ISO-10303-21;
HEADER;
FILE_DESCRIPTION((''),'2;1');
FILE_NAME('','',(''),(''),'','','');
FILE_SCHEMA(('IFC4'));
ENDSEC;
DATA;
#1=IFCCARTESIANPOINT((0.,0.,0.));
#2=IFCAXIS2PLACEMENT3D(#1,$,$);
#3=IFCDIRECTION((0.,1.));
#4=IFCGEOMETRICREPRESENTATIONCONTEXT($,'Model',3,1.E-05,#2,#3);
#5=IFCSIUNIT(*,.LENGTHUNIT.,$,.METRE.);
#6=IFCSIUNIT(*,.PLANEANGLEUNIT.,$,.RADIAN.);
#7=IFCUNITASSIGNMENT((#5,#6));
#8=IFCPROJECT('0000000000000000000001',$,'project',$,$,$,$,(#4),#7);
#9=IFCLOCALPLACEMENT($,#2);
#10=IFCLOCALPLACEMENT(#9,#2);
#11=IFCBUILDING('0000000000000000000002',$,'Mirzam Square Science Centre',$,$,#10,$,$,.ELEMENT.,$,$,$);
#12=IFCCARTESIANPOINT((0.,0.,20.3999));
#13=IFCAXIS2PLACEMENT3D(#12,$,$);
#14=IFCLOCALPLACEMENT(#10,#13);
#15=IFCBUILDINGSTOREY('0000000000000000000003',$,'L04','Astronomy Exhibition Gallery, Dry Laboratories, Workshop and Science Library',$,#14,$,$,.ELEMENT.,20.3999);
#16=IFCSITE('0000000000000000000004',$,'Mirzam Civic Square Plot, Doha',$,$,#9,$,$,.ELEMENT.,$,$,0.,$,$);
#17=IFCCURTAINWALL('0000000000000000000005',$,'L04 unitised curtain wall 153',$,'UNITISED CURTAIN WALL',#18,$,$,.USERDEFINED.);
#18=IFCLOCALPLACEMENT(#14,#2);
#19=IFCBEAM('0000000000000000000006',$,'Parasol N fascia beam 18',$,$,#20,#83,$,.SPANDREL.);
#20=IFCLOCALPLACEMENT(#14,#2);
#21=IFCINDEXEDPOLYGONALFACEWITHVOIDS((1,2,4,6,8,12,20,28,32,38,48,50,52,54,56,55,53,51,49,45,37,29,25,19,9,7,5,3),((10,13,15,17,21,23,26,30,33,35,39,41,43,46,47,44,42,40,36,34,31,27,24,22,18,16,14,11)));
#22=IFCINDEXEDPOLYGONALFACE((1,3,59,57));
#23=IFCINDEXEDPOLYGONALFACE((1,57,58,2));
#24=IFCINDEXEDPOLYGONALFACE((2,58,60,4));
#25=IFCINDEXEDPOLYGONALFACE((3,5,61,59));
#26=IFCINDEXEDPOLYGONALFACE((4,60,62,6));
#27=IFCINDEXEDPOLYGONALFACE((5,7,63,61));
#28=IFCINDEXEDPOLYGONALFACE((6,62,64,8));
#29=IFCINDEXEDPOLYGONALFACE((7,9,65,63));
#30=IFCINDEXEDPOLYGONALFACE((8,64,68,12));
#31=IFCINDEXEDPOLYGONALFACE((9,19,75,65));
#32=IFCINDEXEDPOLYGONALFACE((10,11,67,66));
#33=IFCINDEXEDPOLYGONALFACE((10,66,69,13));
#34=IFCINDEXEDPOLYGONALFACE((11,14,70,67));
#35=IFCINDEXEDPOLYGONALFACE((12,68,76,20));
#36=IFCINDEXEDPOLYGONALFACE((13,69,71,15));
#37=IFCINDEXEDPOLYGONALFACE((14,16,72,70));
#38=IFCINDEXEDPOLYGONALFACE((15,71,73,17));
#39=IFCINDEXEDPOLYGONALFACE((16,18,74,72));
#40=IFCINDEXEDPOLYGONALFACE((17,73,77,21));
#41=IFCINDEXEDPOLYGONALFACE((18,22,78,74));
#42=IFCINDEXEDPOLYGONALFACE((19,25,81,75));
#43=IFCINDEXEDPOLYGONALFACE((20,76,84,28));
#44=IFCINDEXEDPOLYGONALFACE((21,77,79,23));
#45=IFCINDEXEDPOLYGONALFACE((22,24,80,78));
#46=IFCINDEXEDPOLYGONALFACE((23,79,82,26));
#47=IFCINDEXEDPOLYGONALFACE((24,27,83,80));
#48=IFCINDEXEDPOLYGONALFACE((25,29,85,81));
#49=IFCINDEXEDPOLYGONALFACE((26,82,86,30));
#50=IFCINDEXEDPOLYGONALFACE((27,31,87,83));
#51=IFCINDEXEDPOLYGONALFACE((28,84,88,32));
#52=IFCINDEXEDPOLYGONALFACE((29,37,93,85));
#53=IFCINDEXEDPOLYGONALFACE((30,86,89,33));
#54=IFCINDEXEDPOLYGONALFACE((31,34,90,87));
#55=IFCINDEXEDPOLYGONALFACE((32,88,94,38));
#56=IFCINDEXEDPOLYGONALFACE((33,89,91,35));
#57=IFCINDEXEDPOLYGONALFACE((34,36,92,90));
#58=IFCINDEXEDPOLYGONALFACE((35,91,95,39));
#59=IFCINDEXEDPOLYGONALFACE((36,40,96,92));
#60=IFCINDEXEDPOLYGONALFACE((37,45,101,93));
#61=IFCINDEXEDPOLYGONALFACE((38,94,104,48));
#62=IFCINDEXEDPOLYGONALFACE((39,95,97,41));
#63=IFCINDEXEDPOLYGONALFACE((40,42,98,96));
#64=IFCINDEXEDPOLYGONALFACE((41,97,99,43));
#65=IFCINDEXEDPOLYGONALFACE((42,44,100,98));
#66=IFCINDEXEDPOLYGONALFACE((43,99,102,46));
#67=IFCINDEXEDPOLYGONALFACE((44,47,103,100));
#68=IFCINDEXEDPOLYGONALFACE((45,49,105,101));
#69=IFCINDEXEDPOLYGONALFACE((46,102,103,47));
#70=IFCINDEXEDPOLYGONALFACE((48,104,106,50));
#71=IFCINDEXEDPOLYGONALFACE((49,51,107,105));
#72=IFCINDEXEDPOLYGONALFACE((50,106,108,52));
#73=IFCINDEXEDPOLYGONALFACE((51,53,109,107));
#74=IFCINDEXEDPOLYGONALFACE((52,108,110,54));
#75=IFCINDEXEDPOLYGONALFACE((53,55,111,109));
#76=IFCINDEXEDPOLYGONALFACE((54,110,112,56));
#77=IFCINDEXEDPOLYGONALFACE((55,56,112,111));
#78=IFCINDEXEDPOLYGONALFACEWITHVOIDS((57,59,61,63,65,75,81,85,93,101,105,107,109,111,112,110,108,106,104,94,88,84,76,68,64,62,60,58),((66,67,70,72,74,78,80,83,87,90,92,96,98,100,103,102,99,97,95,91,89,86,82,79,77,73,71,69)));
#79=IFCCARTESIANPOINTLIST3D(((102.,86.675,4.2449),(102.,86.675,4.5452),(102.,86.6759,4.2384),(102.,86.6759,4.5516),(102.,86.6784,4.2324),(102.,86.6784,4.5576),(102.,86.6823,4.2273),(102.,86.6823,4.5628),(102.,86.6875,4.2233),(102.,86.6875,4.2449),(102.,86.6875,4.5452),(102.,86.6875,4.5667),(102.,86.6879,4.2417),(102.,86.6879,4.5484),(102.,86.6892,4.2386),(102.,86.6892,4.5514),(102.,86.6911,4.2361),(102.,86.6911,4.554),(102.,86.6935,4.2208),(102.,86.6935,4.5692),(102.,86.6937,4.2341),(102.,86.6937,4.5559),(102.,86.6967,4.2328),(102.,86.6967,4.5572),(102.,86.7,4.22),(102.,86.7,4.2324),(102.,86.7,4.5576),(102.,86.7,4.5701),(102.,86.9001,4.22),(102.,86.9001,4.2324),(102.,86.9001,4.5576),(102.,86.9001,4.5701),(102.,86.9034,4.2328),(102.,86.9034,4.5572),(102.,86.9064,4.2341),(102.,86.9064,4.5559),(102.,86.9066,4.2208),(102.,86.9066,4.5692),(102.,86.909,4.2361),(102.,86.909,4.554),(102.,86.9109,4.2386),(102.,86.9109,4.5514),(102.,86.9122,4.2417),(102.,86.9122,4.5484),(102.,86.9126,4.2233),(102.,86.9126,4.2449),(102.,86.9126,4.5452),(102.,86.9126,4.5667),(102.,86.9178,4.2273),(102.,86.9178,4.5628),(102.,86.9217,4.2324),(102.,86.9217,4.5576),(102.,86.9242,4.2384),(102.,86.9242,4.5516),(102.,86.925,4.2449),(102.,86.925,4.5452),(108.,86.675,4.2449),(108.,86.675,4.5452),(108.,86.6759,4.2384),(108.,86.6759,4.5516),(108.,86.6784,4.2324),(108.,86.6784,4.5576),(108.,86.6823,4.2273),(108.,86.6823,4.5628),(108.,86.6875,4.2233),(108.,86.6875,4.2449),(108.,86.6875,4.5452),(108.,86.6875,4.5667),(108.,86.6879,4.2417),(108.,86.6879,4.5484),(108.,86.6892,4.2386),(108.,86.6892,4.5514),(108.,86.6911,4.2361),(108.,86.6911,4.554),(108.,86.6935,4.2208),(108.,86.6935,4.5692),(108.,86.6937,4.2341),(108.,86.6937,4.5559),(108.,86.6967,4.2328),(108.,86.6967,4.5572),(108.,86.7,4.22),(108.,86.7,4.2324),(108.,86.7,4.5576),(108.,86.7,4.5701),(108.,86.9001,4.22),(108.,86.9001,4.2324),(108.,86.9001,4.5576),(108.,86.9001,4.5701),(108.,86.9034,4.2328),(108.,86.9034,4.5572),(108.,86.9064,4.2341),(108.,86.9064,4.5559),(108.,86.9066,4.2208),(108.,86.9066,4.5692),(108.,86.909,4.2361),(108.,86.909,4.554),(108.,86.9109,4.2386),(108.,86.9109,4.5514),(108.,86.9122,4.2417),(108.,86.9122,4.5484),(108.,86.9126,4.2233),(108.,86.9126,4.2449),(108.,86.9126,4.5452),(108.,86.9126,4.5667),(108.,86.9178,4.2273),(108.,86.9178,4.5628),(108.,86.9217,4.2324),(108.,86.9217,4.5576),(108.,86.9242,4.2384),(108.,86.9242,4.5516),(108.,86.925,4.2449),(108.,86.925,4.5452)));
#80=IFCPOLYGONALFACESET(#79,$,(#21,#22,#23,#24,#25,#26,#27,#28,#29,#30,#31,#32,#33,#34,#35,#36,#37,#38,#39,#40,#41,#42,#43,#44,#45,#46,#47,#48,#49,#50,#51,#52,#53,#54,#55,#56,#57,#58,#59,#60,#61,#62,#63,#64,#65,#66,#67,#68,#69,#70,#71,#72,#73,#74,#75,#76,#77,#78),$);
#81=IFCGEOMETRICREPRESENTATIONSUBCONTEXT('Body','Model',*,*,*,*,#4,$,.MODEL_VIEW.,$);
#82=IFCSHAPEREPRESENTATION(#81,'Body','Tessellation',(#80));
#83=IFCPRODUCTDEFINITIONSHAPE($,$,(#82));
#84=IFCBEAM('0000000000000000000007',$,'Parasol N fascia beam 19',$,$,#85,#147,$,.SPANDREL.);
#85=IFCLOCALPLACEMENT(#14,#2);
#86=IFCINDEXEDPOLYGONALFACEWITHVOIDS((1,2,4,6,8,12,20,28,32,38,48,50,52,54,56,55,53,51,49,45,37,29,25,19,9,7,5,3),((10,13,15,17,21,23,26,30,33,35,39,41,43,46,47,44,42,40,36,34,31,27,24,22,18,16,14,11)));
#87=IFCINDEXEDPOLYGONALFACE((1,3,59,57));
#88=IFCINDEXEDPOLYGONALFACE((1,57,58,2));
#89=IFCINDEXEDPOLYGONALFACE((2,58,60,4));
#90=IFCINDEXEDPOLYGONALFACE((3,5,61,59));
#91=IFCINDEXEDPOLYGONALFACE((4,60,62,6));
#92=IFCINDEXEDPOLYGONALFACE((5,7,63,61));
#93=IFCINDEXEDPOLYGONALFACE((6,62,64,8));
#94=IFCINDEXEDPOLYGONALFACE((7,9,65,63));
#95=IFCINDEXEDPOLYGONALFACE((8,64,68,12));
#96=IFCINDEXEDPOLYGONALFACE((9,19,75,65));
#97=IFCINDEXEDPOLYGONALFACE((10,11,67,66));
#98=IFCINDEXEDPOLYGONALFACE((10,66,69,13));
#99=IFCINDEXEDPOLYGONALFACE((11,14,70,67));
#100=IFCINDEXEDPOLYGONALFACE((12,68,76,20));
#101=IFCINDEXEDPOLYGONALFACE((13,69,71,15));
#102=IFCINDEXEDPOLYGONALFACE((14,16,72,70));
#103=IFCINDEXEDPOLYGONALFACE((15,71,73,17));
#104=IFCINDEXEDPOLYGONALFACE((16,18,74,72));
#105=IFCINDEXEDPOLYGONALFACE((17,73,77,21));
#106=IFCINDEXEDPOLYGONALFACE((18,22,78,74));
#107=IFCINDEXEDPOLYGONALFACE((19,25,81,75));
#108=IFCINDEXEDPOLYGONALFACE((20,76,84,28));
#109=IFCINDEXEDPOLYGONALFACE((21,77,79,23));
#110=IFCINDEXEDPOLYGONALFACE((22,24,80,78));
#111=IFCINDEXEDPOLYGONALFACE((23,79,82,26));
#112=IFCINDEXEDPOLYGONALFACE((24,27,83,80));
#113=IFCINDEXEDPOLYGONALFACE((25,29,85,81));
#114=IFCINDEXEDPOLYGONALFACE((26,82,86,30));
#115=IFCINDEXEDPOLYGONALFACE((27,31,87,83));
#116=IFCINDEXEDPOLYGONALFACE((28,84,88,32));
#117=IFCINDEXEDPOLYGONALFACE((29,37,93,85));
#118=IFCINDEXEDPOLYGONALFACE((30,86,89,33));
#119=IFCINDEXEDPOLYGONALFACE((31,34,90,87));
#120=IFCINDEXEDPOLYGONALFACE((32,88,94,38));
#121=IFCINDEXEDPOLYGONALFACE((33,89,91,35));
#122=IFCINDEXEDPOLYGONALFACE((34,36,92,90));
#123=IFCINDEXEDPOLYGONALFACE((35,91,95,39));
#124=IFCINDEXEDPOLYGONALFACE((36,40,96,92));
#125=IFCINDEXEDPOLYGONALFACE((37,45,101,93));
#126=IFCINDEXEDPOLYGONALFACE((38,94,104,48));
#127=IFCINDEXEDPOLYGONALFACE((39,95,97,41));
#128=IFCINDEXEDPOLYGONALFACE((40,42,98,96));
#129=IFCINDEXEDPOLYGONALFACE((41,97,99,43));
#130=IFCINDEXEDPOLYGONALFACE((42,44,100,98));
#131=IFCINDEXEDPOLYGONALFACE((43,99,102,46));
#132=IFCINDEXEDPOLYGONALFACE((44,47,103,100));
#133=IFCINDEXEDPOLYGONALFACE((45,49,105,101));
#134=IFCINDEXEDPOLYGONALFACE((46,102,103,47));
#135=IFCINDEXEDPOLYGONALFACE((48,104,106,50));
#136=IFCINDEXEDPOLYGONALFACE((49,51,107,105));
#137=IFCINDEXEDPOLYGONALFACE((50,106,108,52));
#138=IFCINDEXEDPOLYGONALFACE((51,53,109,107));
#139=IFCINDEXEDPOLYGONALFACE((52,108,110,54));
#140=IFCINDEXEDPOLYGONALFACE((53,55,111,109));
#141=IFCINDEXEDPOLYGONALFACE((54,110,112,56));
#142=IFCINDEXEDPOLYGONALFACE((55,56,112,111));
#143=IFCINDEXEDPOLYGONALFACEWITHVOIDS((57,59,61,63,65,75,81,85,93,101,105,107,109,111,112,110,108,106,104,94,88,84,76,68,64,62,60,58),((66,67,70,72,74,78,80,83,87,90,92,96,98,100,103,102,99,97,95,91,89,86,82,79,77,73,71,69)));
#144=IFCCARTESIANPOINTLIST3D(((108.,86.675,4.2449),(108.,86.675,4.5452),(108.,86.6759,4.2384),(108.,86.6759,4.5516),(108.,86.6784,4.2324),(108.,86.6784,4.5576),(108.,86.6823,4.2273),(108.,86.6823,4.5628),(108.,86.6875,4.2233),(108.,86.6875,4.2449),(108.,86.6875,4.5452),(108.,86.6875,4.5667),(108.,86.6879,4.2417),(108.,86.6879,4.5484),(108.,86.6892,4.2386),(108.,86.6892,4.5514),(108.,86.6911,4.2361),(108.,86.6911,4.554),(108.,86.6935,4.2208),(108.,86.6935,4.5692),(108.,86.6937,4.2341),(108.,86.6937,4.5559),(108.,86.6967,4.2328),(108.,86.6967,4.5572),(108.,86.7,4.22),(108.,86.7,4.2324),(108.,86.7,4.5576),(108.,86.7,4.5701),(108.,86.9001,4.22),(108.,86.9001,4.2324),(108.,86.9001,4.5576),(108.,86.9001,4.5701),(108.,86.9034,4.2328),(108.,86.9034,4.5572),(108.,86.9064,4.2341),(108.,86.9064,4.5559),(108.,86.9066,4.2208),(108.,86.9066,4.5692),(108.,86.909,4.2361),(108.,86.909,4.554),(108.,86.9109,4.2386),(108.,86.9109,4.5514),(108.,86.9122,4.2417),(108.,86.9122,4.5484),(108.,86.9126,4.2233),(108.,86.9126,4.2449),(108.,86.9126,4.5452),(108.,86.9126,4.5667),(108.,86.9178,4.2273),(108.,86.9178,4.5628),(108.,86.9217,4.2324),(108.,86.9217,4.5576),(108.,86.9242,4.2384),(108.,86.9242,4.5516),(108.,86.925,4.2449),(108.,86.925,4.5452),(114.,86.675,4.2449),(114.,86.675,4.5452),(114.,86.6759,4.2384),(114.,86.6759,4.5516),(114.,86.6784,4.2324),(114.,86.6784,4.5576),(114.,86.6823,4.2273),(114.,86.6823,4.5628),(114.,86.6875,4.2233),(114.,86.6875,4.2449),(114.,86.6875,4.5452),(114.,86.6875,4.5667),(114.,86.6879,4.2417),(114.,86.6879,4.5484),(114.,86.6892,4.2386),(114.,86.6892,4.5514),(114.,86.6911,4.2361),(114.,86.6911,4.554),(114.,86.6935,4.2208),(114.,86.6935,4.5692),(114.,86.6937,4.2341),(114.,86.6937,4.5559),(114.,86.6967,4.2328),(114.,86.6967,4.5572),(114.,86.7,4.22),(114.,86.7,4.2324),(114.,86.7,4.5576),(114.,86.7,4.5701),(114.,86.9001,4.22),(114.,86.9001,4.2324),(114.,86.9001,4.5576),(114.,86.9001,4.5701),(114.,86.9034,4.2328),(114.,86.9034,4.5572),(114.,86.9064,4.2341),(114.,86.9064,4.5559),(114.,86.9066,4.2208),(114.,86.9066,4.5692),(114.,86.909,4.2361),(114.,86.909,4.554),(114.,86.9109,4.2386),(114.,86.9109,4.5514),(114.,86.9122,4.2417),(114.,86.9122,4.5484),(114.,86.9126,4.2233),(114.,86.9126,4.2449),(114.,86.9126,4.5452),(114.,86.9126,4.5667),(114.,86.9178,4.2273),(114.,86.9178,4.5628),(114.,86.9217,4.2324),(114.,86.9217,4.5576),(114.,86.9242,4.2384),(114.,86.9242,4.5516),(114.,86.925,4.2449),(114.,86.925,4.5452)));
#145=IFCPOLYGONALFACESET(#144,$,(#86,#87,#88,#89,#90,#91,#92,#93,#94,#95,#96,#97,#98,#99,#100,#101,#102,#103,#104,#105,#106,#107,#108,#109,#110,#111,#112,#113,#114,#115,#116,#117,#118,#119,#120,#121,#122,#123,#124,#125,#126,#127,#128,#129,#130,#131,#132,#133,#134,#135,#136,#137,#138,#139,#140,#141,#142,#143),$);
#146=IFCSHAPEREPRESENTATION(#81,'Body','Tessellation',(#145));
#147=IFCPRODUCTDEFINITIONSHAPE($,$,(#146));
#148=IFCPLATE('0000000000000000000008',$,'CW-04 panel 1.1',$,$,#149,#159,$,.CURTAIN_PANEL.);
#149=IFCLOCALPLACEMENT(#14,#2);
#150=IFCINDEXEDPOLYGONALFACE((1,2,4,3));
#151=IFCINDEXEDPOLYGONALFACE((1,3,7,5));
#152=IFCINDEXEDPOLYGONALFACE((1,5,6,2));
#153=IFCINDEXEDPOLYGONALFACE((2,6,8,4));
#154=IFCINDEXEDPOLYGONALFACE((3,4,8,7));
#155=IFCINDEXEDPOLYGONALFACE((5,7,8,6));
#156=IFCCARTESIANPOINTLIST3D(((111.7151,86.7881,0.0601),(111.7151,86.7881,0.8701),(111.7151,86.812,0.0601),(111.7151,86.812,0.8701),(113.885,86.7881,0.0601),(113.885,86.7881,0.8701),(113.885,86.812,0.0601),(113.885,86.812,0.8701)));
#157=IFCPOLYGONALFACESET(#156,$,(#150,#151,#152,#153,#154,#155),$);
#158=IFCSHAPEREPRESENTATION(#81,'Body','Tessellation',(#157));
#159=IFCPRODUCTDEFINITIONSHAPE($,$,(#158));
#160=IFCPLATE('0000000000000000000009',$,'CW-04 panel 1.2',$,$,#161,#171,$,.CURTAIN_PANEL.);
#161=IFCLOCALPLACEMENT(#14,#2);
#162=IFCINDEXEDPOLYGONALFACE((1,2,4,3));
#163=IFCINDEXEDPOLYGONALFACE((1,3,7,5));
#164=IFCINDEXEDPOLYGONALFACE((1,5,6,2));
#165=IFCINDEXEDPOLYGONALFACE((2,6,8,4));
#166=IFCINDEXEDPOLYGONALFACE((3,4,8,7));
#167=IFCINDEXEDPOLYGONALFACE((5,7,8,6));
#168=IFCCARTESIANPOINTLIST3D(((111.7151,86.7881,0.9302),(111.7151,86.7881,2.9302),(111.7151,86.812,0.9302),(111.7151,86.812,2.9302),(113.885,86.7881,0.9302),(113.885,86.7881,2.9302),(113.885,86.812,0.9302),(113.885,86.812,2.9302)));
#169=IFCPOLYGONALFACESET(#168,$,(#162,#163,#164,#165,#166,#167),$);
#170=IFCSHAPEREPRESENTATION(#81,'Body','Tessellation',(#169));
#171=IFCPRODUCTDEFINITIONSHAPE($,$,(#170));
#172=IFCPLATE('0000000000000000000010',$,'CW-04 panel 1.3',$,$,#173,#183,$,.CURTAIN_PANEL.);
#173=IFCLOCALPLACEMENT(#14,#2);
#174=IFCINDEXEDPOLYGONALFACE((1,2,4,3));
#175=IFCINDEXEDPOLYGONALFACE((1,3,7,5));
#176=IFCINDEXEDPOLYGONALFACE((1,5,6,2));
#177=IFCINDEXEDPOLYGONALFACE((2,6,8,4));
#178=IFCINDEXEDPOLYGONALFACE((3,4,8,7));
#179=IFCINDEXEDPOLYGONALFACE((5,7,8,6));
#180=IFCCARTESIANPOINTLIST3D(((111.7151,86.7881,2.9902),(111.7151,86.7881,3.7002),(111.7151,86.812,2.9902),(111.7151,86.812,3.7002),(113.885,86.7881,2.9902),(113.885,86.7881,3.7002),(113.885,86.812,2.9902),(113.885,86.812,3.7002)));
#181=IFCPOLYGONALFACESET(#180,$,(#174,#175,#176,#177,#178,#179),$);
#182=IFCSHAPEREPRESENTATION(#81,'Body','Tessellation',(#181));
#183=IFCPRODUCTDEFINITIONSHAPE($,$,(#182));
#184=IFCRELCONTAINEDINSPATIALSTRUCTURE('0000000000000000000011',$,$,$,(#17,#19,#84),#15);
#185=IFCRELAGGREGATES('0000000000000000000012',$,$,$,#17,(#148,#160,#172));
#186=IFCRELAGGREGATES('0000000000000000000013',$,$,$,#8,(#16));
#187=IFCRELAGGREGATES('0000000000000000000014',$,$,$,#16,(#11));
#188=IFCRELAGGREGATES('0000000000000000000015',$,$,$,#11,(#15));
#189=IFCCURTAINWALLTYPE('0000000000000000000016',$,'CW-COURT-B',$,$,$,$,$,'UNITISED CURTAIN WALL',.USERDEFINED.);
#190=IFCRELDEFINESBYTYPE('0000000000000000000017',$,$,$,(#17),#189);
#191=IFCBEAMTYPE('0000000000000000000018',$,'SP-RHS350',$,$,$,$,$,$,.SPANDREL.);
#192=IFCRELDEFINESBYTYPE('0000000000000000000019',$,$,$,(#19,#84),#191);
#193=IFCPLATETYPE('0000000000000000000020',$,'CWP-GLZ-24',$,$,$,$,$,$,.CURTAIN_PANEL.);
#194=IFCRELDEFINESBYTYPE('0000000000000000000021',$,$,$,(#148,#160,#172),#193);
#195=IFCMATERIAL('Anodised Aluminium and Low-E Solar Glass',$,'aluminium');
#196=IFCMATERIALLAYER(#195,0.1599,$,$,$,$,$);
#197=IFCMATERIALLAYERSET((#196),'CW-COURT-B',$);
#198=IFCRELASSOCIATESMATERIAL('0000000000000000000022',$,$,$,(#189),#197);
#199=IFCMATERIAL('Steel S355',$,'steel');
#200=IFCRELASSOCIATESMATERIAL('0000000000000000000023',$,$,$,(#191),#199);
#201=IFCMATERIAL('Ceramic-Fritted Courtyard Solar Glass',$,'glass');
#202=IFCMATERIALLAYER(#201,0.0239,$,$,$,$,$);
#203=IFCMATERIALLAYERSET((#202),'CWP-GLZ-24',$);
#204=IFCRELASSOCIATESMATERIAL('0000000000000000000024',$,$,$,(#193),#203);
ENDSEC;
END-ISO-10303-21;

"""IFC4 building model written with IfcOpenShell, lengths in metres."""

from ifc_helpers import new_model, si_unit, direction, frame, origin, origin_2d, place, context, subcontext, project, spatial, rectangle, hollow_rectangle, extrude, material, layer, layer_set, material_profile, profile_set, type_object, element, aggregate, save


model = new_model("IFC4")

# Units and contexts
model_context = context("Model", 3, precision=1e-05, world=origin(), true_north=direction((0.0, 1.0)))
body_context = subcontext(model_context, "Body", "Model", "MODEL_VIEW")
ifc_project = project(units=[si_unit("LENGTHUNIT", "METRE"), si_unit("PLANEANGLEUNIT", "RADIAN")], contexts=[model_context])

# Site, building, storey
site_placement = place(None, origin())
site = spatial("IfcSite", under=ifc_project, at=site_placement, Name="Mirzam Civic Square Plot, Doha", CompositionType="ELEMENT", RefElevation=0.0)
building_placement = place(site_placement, origin())
building = spatial("IfcBuilding", under=site, at=building_placement, Name="Mirzam Square Science Centre", CompositionType="ELEMENT")
storey_placement = place(building_placement, frame((0.0, 0.0, 20.3999)))
storey = spatial("IfcBuildingStorey", under=building, at=storey_placement, Name="L04", Description="Astronomy Exhibition Gallery, Dry Laboratories, Workshop and Science Library", CompositionType="ELEMENT", Elevation=20.3999)

# Shared definitions
ifc_material_1 = material(Name="Steel S355", Category="steel")

# Curtain wall
ifc_material_2 = material(Name="Anodised Aluminium and Low-E Solar Glass", Category="aluminium")
ifc_layer_1 = layer(ifc_material_2, 0.1599)
ifc_layer_set_1 = layer_set([ifc_layer_1], Name="CW-COURT-B")
curtain_wall_type = type_object("IfcCurtainWallType", Name="CW-COURT-B", ElementType="UNITISED CURTAIN WALL", PredefinedType="USERDEFINED", material=ifc_layer_set_1)
curtain_wall_placement = place(storey_placement, origin())
curtain_wall = element("IfcCurtainWall", 1, at=curtain_wall_placement, inside=storey, type_object=curtain_wall_type, Name="L04 unitised curtain wall 153", ObjectType="UNITISED CURTAIN WALL", PredefinedType="USERDEFINED")

# Beams
ifc_material_profile_1 = material_profile(ifc_material_1, hollow_rectangle(XDim=0.25, YDim=0.3501, WallThickness=0.0125, InnerFilletRadius=0.0125, OuterFilletRadius=0.0249, at=origin_2d()), Name="350x250x12.5RHS")
ifc_profile_set_1 = profile_set([ifc_material_profile_1], Name="Steel S355")
beam_type = type_object("IfcBeamType", Name="SP-RHS350", PredefinedType="SPANDREL", material=ifc_profile_set_1)
for number, where, z_axis, x_axis, name in (
    (2, (102.0, 86.8, 4.395), (1.0, 0.0, 0.0), (0.0, 1.0, 0.0), "Parasol N fascia beam 18"),
    (3, (108.0, 86.8, 4.395), (1.0, 0.0, 0.0), (0.0, 1.0, 0.0), "Parasol N fascia beam 19"),
):
    element("IfcBeam", number, at=place(storey_placement, frame(where, z_axis=z_axis, x_axis=x_axis)), inside=storey, type_object=beam_type, Name=name, PredefinedType="SPANDREL", context=body_context, shape_type="SweptSolid", body=[
        extrude(hollow_rectangle(XDim=0.25, YDim=0.3501, WallThickness=0.0125, InnerFilletRadius=0.0125, OuterFilletRadius=0.0249, at=origin_2d()), origin(), (0.0, 0.0, 1.0), 6.0),
    ])

# Plates
ifc_material_3 = material(Name="Ceramic-Fritted Courtyard Solar Glass", Category="glass")
ifc_layer_2 = layer(ifc_material_3, 0.0239)
ifc_layer_set_2 = layer_set([ifc_layer_2], Name="CWP-GLZ-24")
plate_type = type_object("IfcPlateType", Name="CWP-GLZ-24", PredefinedType="CURTAIN_PANEL", material=ifc_layer_set_2)
plate_1_placement = place(storey_placement, frame((112.8, 86.8, 0.0601), z_axis=(0.0, 0.0, 1.0), x_axis=(-1.0, 0.0, 0.0)))
plate_1 = element("IfcPlate", 4, at=plate_1_placement, type_object=plate_type, Name="CW-04 panel 1.1", PredefinedType="CURTAIN_PANEL", context=body_context, shape_type="SweptSolid", body=[
    extrude(rectangle(XDim=2.1699, YDim=0.0239, at=origin_2d()), origin(), (0.0, 0.0, 1.0), 0.8101),
])
plate_2_placement = place(storey_placement, frame((112.8, 86.8, 0.9302), z_axis=(0.0, 0.0, 1.0), x_axis=(-1.0, 0.0, 0.0)))
plate_2 = element("IfcPlate", 5, at=plate_2_placement, type_object=plate_type, Name="CW-04 panel 1.2", PredefinedType="CURTAIN_PANEL", context=body_context, shape_type="SweptSolid", body=[
    extrude(rectangle(XDim=2.1699, YDim=0.0239, at=origin_2d()), origin(), (0.0, 0.0, 1.0), 2.0),
])
plate_3_placement = place(storey_placement, frame((112.8, 86.8, 2.9902), z_axis=(0.0, 0.0, 1.0), x_axis=(-1.0, 0.0, 0.0)))
plate_3 = element("IfcPlate", 6, at=plate_3_placement, type_object=plate_type, Name="CW-04 panel 1.3", PredefinedType="CURTAIN_PANEL", context=body_context, shape_type="SweptSolid", body=[
    extrude(rectangle(XDim=2.1699, YDim=0.0239, at=origin_2d()), origin(), (0.0, 0.0, 1.0), 0.71),
])
aggregate(curtain_wall, [plate_1, plate_2, plate_3])

save(model, "model.ifc")
